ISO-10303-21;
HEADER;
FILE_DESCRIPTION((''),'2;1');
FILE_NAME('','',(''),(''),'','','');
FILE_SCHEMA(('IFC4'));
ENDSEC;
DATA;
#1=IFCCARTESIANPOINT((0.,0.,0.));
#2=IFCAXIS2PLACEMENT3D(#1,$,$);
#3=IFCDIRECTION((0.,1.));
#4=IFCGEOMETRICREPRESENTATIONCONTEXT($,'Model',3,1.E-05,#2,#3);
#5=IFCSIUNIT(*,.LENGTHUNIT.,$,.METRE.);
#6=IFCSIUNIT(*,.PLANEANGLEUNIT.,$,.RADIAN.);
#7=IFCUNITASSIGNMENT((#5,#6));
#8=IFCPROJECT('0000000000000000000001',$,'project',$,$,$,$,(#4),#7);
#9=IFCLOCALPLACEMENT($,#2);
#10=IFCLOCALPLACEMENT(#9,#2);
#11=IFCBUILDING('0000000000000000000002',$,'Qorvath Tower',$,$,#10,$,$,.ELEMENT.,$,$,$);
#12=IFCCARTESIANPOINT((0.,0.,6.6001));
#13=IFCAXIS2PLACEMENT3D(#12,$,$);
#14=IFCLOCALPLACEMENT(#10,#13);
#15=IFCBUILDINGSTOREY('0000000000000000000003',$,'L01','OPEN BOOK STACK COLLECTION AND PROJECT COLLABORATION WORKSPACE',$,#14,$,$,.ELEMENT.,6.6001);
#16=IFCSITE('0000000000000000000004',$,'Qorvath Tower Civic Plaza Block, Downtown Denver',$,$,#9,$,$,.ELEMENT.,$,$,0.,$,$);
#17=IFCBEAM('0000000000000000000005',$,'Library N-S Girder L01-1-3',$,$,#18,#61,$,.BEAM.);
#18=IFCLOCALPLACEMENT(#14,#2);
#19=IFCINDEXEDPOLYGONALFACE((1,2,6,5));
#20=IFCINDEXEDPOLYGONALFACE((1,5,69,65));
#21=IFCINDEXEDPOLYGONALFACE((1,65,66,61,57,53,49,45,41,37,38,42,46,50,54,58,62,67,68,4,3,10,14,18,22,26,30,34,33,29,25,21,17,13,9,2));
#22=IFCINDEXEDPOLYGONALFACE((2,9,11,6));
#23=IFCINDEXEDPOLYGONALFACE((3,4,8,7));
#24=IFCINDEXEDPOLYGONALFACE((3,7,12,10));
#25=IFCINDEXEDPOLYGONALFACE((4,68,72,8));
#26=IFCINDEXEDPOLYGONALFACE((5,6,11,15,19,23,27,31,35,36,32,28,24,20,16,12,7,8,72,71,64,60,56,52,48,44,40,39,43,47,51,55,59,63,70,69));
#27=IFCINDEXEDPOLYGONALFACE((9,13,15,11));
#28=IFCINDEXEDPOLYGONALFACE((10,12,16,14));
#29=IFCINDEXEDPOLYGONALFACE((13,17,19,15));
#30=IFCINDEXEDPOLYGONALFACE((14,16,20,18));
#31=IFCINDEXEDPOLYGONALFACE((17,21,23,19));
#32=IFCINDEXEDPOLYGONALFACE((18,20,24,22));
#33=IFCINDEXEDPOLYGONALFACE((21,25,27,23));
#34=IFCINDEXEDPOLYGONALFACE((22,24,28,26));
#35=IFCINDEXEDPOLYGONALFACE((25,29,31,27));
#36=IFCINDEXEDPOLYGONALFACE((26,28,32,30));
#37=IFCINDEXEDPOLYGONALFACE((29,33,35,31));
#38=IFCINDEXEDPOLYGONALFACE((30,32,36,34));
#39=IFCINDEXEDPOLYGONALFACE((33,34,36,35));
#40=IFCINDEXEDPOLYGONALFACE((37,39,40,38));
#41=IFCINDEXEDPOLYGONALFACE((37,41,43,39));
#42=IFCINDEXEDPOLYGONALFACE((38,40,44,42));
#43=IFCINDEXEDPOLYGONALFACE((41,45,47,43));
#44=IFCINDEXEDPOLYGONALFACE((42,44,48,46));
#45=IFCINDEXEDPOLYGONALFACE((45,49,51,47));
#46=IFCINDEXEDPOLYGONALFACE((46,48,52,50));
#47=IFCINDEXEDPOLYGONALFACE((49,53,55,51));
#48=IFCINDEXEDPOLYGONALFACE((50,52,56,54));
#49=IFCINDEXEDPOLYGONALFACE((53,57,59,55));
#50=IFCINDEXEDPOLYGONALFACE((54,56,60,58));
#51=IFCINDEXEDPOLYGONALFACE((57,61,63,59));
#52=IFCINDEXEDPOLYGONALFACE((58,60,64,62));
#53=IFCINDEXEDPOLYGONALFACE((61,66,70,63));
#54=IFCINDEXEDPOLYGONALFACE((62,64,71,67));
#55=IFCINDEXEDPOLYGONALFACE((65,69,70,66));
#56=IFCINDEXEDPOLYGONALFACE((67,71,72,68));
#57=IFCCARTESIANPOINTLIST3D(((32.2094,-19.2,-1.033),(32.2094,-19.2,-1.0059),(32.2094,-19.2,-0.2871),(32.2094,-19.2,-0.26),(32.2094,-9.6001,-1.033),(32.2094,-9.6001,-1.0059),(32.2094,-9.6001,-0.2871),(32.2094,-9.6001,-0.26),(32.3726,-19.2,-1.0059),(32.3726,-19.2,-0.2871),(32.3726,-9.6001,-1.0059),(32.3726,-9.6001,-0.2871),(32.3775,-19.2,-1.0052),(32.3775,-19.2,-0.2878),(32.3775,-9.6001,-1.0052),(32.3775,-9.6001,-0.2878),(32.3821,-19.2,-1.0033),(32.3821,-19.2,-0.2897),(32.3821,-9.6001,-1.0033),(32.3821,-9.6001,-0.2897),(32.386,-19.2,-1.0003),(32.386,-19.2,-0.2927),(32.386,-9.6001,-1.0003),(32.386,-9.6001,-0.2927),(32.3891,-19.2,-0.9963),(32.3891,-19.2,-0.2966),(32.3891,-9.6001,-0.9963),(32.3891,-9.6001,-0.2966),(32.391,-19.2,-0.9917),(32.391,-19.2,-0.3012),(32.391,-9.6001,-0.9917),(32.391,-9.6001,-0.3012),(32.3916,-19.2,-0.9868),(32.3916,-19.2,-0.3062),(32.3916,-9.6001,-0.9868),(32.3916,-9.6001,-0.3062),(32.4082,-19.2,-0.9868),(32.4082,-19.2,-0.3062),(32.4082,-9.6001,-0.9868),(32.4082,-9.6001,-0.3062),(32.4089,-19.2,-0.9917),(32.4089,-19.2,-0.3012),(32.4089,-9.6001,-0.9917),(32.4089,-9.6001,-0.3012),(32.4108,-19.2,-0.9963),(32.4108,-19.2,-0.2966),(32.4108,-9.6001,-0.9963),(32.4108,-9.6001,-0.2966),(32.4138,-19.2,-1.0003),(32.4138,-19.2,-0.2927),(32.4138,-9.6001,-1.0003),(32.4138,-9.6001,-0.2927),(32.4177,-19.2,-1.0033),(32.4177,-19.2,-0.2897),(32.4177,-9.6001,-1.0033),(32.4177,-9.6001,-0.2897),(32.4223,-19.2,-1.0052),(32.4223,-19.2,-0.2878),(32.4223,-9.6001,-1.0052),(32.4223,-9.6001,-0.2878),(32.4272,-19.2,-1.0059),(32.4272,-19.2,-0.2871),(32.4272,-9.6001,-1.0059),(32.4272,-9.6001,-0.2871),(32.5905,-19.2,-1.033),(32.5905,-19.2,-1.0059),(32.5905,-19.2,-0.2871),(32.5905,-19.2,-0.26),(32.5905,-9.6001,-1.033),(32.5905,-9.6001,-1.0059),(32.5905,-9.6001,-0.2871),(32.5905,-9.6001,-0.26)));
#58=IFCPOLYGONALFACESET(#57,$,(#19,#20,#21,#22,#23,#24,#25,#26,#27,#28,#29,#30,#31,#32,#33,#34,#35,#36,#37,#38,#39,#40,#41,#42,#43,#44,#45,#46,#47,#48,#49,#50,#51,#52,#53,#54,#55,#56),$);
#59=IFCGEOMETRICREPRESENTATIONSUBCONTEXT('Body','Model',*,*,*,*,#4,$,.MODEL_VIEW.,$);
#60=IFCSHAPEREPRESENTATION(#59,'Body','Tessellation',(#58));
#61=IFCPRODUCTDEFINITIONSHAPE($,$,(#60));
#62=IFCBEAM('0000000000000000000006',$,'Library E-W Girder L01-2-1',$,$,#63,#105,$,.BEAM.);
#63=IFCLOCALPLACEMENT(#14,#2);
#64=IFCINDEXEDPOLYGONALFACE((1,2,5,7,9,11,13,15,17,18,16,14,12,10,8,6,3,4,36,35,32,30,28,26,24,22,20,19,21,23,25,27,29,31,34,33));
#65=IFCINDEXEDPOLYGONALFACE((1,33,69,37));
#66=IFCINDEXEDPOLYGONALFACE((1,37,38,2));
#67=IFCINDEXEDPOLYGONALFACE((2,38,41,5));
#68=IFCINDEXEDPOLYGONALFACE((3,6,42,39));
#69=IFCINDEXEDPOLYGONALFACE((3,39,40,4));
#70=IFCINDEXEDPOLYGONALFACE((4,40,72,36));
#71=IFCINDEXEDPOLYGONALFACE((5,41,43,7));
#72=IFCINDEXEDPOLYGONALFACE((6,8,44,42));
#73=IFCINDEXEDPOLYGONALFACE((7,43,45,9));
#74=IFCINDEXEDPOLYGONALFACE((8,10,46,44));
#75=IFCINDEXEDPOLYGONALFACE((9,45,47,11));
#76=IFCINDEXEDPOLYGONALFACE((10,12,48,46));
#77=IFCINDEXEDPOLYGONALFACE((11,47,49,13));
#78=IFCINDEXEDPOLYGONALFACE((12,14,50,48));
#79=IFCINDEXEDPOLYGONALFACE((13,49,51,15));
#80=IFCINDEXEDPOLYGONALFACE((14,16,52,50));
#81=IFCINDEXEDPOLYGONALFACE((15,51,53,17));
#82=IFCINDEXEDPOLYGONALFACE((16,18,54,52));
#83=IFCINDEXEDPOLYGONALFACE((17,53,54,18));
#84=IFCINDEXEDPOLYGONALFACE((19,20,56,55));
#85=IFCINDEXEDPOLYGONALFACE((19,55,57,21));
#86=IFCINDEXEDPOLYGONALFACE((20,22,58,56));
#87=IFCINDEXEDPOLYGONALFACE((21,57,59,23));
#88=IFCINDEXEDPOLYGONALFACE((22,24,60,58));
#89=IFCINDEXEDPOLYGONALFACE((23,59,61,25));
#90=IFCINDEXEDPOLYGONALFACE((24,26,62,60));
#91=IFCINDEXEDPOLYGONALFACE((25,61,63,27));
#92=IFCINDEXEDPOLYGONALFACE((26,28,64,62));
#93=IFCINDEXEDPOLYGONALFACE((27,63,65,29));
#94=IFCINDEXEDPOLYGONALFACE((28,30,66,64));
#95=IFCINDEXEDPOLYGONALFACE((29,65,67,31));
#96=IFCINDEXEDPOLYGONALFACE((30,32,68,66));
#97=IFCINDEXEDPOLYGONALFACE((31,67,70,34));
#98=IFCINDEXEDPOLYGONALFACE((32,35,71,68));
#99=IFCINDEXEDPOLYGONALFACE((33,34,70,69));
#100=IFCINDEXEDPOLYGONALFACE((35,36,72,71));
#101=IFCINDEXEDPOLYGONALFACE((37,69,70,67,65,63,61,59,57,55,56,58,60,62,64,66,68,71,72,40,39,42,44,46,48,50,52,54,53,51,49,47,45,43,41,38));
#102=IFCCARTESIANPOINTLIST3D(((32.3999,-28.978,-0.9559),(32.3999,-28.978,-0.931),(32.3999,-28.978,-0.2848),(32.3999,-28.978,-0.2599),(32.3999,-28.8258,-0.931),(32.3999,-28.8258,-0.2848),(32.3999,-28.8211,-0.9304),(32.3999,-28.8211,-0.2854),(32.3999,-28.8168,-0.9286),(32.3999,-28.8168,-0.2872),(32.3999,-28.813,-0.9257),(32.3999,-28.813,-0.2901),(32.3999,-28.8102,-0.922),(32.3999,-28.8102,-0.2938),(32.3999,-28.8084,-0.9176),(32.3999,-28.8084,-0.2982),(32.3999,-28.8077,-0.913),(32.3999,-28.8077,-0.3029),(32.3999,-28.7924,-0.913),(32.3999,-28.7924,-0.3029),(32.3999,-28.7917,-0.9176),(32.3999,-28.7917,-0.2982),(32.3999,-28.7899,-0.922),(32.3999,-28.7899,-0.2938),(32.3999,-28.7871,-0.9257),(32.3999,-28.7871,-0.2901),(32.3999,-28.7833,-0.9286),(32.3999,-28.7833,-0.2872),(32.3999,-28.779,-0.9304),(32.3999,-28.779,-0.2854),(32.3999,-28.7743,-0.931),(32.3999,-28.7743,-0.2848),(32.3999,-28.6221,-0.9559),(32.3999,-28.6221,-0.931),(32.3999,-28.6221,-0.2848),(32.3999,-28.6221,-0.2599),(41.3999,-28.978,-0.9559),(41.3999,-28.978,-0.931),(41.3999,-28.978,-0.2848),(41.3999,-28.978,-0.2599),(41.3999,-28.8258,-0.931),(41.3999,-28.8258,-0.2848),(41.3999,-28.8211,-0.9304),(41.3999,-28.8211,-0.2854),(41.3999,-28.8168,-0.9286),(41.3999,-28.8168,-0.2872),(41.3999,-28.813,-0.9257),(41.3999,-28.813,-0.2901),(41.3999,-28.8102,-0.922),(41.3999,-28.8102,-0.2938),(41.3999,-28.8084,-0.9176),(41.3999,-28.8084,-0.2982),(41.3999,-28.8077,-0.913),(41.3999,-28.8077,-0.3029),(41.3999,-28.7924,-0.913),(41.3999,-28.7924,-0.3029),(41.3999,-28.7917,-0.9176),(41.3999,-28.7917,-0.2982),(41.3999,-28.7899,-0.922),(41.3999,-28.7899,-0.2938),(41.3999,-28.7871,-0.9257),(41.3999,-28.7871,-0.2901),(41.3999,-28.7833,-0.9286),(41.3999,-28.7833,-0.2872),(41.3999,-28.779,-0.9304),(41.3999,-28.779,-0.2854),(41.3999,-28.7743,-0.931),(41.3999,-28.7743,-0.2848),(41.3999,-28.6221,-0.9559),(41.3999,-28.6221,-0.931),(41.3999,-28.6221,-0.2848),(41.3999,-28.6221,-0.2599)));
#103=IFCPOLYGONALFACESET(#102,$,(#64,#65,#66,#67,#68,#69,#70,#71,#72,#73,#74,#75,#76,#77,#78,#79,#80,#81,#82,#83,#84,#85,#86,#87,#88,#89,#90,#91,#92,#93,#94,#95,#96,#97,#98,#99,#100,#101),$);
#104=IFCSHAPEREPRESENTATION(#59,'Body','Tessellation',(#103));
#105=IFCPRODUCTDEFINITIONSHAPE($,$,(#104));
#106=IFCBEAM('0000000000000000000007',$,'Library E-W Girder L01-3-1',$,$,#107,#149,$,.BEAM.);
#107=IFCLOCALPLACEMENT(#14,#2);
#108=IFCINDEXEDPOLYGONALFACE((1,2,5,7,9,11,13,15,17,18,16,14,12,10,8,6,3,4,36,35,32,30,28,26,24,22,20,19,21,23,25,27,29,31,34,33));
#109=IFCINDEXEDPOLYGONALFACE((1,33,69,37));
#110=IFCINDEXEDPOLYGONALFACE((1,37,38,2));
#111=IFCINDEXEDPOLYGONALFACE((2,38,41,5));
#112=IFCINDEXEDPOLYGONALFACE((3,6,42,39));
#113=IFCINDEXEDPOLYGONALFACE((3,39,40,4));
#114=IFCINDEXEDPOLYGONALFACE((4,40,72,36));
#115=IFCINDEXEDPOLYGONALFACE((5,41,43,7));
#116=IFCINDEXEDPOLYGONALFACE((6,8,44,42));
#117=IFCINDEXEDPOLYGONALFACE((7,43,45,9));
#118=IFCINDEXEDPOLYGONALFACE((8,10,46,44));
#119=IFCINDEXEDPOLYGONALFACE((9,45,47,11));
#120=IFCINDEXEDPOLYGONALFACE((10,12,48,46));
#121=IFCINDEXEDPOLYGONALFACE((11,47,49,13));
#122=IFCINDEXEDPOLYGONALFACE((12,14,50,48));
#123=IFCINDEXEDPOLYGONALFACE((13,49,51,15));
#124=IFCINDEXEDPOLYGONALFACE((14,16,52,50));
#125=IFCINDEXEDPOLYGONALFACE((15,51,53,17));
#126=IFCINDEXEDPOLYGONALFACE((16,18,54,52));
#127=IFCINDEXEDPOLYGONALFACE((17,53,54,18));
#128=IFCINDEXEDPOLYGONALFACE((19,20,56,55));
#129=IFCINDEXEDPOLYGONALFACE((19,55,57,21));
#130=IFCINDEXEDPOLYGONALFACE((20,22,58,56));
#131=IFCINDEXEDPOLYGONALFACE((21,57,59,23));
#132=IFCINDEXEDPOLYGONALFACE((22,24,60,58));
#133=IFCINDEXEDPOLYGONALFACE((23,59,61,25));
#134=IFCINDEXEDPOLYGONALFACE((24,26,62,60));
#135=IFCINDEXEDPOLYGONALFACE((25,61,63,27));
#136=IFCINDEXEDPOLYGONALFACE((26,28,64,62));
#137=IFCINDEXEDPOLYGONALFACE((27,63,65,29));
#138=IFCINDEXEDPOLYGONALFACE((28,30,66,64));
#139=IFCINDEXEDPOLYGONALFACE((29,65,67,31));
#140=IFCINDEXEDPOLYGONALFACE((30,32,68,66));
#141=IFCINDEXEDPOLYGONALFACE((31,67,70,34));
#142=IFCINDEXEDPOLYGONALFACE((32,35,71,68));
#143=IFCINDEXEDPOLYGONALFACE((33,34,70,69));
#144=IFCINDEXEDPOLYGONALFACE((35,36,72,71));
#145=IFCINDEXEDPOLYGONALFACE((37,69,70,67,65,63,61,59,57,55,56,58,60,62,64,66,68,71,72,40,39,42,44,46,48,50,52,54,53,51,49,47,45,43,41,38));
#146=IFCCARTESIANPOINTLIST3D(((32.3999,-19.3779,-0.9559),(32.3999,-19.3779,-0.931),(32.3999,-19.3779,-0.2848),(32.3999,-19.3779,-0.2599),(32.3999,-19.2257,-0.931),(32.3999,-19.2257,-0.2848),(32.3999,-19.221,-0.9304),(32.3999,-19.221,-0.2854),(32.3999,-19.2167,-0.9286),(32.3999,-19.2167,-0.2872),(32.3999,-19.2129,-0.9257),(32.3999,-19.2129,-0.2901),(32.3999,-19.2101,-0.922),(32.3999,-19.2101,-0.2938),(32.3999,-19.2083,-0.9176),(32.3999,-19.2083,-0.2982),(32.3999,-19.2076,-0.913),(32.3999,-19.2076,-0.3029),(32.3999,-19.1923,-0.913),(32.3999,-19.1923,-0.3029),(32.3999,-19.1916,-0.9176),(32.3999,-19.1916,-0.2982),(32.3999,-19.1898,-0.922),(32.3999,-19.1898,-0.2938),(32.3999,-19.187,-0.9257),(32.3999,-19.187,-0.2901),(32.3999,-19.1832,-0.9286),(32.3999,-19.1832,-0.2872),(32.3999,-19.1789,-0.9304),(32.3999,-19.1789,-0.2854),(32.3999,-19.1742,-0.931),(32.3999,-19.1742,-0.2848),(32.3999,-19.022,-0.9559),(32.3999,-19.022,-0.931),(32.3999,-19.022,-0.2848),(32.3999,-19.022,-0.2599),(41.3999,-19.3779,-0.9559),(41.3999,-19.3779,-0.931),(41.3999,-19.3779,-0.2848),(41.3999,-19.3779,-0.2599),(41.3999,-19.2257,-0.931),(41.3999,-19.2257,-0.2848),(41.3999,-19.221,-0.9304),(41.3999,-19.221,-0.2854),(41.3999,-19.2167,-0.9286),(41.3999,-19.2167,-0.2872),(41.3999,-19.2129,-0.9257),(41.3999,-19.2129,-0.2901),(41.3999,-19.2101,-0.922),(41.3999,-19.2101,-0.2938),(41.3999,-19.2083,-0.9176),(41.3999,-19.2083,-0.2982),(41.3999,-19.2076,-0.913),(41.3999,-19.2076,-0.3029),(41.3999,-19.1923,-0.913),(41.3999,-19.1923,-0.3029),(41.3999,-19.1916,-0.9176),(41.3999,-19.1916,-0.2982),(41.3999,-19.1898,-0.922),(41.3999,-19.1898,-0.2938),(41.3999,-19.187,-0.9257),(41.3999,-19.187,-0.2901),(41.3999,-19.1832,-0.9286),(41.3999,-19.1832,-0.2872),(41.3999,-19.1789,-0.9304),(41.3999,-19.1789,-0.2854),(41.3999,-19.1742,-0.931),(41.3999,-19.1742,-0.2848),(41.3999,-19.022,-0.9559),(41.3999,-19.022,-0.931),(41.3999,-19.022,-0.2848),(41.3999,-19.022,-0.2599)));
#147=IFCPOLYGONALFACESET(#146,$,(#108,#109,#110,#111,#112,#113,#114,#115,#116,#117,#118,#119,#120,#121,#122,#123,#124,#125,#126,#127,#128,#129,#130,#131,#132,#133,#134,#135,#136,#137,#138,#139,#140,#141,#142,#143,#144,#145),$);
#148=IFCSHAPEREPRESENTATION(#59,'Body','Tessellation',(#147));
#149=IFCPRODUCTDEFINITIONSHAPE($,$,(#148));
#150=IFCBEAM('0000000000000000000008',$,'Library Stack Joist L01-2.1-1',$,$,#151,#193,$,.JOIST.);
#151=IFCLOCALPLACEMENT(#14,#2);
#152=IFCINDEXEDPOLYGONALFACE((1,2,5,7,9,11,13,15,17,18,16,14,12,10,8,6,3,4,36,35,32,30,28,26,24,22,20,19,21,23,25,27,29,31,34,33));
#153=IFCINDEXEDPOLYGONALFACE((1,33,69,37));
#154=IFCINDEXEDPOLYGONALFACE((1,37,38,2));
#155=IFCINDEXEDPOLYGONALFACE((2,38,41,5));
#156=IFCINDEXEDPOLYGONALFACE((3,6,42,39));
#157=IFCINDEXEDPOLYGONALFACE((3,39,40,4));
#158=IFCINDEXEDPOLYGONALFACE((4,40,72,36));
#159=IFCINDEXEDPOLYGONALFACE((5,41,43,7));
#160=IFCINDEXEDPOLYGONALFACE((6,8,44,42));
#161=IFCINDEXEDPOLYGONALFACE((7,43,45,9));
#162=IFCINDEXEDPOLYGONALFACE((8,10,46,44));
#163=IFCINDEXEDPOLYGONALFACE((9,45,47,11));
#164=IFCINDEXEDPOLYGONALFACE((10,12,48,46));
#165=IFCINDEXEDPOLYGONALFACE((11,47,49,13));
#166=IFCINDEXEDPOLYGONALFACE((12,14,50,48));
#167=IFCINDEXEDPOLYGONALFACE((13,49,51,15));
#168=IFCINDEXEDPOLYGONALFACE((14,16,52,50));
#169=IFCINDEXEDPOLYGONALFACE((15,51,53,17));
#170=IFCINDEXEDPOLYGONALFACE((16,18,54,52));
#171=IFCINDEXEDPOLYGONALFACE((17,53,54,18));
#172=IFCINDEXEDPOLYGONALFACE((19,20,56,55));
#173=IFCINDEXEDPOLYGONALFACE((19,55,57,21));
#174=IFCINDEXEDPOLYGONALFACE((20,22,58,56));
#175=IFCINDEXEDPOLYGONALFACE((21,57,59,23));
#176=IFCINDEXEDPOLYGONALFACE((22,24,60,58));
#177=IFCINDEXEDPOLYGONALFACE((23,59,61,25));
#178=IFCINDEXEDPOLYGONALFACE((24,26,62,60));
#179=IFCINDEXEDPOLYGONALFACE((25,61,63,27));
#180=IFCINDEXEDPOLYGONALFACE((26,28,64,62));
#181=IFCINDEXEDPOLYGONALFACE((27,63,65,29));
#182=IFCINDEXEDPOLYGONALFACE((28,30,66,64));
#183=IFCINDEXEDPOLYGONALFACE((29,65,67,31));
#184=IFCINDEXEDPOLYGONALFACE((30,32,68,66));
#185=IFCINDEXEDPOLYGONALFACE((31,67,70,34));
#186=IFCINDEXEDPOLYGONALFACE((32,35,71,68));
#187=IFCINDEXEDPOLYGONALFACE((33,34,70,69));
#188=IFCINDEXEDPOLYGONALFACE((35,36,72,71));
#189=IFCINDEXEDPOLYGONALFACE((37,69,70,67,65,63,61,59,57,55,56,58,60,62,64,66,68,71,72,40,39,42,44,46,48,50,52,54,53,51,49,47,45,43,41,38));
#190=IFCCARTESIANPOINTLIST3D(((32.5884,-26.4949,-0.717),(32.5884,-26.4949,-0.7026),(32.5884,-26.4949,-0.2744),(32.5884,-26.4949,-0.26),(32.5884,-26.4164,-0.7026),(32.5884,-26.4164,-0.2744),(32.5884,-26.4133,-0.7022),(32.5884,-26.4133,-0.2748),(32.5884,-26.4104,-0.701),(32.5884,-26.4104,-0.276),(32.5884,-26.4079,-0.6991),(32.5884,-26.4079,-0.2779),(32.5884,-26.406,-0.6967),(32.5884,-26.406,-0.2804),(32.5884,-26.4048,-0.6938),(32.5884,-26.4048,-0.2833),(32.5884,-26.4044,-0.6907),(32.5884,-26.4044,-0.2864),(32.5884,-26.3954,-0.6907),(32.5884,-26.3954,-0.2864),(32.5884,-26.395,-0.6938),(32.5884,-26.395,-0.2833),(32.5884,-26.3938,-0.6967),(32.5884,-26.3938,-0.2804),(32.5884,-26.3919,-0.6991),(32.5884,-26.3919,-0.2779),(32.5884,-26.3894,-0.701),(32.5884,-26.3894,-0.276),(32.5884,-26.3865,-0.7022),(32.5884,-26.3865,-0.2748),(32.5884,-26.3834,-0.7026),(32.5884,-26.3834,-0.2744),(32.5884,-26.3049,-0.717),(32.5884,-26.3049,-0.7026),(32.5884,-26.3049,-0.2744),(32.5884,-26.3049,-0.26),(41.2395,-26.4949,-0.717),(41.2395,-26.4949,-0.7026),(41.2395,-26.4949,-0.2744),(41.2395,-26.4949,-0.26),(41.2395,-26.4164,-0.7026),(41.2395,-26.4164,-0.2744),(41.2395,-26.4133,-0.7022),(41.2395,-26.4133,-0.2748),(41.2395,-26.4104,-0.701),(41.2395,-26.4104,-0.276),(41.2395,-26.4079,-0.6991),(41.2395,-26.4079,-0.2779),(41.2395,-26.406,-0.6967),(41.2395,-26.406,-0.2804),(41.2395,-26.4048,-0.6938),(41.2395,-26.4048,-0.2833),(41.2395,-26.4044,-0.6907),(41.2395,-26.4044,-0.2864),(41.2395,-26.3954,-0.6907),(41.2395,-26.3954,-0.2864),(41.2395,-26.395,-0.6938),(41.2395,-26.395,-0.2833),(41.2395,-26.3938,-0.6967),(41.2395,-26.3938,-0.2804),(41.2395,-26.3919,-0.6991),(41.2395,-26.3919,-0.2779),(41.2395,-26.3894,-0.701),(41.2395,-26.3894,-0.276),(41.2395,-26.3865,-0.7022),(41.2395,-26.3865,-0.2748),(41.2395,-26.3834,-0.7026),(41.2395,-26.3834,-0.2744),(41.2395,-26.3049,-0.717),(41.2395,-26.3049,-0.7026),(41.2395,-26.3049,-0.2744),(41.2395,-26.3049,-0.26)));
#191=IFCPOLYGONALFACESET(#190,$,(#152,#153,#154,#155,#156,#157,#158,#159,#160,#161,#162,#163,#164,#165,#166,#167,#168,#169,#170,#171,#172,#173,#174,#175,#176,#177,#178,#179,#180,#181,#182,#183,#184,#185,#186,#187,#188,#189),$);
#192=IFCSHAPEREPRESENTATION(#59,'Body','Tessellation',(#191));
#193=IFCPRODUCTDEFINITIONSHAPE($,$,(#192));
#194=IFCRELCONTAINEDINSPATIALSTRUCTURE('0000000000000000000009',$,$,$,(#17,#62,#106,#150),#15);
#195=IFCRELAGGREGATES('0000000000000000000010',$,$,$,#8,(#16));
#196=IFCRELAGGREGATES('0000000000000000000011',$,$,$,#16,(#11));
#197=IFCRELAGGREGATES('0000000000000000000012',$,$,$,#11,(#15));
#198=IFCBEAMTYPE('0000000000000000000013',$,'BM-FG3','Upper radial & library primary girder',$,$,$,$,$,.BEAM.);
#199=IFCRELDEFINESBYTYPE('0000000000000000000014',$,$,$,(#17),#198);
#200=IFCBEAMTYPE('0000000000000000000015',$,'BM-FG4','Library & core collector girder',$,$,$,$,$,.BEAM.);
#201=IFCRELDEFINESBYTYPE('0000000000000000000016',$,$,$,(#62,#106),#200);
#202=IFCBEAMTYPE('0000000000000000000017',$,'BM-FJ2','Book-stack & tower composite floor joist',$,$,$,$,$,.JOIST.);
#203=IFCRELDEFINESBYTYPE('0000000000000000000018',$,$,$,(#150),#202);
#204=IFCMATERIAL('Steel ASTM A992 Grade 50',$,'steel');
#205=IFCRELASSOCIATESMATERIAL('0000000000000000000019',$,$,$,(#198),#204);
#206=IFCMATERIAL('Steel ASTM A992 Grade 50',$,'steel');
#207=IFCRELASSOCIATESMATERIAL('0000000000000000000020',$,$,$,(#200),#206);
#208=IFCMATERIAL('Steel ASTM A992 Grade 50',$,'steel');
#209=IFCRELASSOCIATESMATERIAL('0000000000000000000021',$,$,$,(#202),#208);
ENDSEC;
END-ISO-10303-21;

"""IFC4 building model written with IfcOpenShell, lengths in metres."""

from ifc_helpers import new_model, si_unit, direction, frame, origin, origin_2d, place, context, subcontext, project, spatial, i_section, extrude, material, material_profile, profile_set, type_object, element, save


model = new_model("IFC4")

# Units and contexts
model_context = context("Model", 3, precision=1e-05, world=origin(), true_north=direction((0.0, 1.0)))
body_context = subcontext(model_context, "Body", "Model", "MODEL_VIEW")
ifc_project = project(units=[si_unit("LENGTHUNIT", "METRE"), si_unit("PLANEANGLEUNIT", "RADIAN")], contexts=[model_context])

# Site, building, storey
site_placement = place(None, origin())
site = spatial("IfcSite", under=ifc_project, at=site_placement, Name="Qorvath Tower Civic Plaza Block, Downtown Denver", CompositionType="ELEMENT", RefElevation=0.0)
building_placement = place(site_placement, origin())
building = spatial("IfcBuilding", under=site, at=building_placement, Name="Qorvath Tower", CompositionType="ELEMENT")
storey_placement = place(building_placement, frame((0.0, 0.0, 6.6001)))
storey = spatial("IfcBuildingStorey", under=building, at=storey_placement, Name="L01", Description="OPEN BOOK STACK COLLECTION AND PROJECT COLLABORATION WORKSPACE", CompositionType="ELEMENT", Elevation=6.6001)

# Beams
ifc_material_1 = material(Name="Steel ASTM A992 Grade 50", Category="steel")
ifc_material_profile_1 = material_profile(ifc_material_1, i_section(OverallWidth=0.3811, OverallDepth=0.7729, WebThickness=0.0166, FlangeThickness=0.0271, FilletRadius=0.019, at=origin_2d()), Name="W30x173")
ifc_profile_set_1 = profile_set([ifc_material_profile_1], Name="Steel ASTM A992 Grade 50")
beam_type_1 = type_object("IfcBeamType", Name="BM-FG3", Description="Upper radial & library primary girder", PredefinedType="BEAM", material=ifc_profile_set_1)
beam_1_placement = place(storey_placement, frame((32.3999, -19.2, -0.6465), z_axis=(0.0, 1.0, 0.0), x_axis=(-1.0, 0.0, 0.0)))
element("IfcBeam", 1, at=beam_1_placement, inside=storey, type_object=beam_type_1, Name="Library N-S Girder L01-1-3", PredefinedType="BEAM", context=body_context, shape_type="SweptSolid", body=[
    extrude(i_section(OverallWidth=0.3811, OverallDepth=0.7729, WebThickness=0.0166, FlangeThickness=0.0271, FilletRadius=0.019, at=origin_2d()), origin(), (0.0, 0.0, 1.0), 9.5999),
])
ifc_material_2 = material(Name="Steel ASTM A992 Grade 50", Category="steel")
ifc_material_profile_2 = material_profile(ifc_material_2, i_section(OverallWidth=0.356, OverallDepth=0.696, WebThickness=0.0154, FlangeThickness=0.0249, FilletRadius=0.0181, at=origin_2d()), Name="W27x146")
ifc_profile_set_2 = profile_set([ifc_material_profile_2], Name="Steel ASTM A992 Grade 50")
beam_type_2 = type_object("IfcBeamType", Name="BM-FG4", Description="Library & core collector girder", PredefinedType="BEAM", material=ifc_profile_set_2)
for number, where, z_axis, x_axis, name in (
    (2, (32.3999, -28.8, -0.6079), (1.0, 0.0, 0.0), (0.0, 1.0, 0.0), "Library E-W Girder L01-2-1"),
    (3, (32.3999, -19.2, -0.6079), (1.0, 0.0, 0.0), (0.0, 1.0, 0.0), "Library E-W Girder L01-3-1"),
):
    element("IfcBeam", number, at=place(storey_placement, frame(where, z_axis=z_axis, x_axis=x_axis)), inside=storey, type_object=beam_type_2, Name=name, PredefinedType="BEAM", context=body_context, shape_type="SweptSolid", body=[
        extrude(i_section(OverallWidth=0.356, OverallDepth=0.696, WebThickness=0.0154, FlangeThickness=0.0249, FilletRadius=0.0181, at=origin_2d()), origin(), (0.0, 0.0, 1.0), 9.0),
    ])
ifc_material_3 = material(Name="Steel ASTM A992 Grade 50", Category="steel")
ifc_material_profile_3 = material_profile(ifc_material_3, i_section(OverallWidth=0.1899, OverallDepth=0.457, WebThickness=0.009, FlangeThickness=0.0144, FilletRadius=0.012, at=origin_2d()), Name="W18x50")
ifc_profile_set_3 = profile_set([ifc_material_profile_3], Name="Steel ASTM A992 Grade 50")
beam_type_3 = type_object("IfcBeamType", Name="BM-FJ2", Description="Book-stack & tower composite floor joist", PredefinedType="JOIST", material=ifc_profile_set_3)
for number, where, z_axis, x_axis, name in (
    (4, (32.5884, -26.3999, -0.4885), (1.0, 0.0, 0.0), (0.0, 1.0, 0.0), "Library Stack Joist L01-2.1-1"),
):
    element("IfcBeam", number, at=place(storey_placement, frame(where, z_axis=z_axis, x_axis=x_axis)), inside=storey, type_object=beam_type_3, Name=name, PredefinedType="JOIST", context=body_context, shape_type="SweptSolid", body=[
        extrude(i_section(OverallWidth=0.1899, OverallDepth=0.457, WebThickness=0.009, FlangeThickness=0.0144, FilletRadius=0.012, at=origin_2d()), origin(), (0.0, 0.0, 1.0), 8.6511),
    ])

save(model, "model.ifc")
